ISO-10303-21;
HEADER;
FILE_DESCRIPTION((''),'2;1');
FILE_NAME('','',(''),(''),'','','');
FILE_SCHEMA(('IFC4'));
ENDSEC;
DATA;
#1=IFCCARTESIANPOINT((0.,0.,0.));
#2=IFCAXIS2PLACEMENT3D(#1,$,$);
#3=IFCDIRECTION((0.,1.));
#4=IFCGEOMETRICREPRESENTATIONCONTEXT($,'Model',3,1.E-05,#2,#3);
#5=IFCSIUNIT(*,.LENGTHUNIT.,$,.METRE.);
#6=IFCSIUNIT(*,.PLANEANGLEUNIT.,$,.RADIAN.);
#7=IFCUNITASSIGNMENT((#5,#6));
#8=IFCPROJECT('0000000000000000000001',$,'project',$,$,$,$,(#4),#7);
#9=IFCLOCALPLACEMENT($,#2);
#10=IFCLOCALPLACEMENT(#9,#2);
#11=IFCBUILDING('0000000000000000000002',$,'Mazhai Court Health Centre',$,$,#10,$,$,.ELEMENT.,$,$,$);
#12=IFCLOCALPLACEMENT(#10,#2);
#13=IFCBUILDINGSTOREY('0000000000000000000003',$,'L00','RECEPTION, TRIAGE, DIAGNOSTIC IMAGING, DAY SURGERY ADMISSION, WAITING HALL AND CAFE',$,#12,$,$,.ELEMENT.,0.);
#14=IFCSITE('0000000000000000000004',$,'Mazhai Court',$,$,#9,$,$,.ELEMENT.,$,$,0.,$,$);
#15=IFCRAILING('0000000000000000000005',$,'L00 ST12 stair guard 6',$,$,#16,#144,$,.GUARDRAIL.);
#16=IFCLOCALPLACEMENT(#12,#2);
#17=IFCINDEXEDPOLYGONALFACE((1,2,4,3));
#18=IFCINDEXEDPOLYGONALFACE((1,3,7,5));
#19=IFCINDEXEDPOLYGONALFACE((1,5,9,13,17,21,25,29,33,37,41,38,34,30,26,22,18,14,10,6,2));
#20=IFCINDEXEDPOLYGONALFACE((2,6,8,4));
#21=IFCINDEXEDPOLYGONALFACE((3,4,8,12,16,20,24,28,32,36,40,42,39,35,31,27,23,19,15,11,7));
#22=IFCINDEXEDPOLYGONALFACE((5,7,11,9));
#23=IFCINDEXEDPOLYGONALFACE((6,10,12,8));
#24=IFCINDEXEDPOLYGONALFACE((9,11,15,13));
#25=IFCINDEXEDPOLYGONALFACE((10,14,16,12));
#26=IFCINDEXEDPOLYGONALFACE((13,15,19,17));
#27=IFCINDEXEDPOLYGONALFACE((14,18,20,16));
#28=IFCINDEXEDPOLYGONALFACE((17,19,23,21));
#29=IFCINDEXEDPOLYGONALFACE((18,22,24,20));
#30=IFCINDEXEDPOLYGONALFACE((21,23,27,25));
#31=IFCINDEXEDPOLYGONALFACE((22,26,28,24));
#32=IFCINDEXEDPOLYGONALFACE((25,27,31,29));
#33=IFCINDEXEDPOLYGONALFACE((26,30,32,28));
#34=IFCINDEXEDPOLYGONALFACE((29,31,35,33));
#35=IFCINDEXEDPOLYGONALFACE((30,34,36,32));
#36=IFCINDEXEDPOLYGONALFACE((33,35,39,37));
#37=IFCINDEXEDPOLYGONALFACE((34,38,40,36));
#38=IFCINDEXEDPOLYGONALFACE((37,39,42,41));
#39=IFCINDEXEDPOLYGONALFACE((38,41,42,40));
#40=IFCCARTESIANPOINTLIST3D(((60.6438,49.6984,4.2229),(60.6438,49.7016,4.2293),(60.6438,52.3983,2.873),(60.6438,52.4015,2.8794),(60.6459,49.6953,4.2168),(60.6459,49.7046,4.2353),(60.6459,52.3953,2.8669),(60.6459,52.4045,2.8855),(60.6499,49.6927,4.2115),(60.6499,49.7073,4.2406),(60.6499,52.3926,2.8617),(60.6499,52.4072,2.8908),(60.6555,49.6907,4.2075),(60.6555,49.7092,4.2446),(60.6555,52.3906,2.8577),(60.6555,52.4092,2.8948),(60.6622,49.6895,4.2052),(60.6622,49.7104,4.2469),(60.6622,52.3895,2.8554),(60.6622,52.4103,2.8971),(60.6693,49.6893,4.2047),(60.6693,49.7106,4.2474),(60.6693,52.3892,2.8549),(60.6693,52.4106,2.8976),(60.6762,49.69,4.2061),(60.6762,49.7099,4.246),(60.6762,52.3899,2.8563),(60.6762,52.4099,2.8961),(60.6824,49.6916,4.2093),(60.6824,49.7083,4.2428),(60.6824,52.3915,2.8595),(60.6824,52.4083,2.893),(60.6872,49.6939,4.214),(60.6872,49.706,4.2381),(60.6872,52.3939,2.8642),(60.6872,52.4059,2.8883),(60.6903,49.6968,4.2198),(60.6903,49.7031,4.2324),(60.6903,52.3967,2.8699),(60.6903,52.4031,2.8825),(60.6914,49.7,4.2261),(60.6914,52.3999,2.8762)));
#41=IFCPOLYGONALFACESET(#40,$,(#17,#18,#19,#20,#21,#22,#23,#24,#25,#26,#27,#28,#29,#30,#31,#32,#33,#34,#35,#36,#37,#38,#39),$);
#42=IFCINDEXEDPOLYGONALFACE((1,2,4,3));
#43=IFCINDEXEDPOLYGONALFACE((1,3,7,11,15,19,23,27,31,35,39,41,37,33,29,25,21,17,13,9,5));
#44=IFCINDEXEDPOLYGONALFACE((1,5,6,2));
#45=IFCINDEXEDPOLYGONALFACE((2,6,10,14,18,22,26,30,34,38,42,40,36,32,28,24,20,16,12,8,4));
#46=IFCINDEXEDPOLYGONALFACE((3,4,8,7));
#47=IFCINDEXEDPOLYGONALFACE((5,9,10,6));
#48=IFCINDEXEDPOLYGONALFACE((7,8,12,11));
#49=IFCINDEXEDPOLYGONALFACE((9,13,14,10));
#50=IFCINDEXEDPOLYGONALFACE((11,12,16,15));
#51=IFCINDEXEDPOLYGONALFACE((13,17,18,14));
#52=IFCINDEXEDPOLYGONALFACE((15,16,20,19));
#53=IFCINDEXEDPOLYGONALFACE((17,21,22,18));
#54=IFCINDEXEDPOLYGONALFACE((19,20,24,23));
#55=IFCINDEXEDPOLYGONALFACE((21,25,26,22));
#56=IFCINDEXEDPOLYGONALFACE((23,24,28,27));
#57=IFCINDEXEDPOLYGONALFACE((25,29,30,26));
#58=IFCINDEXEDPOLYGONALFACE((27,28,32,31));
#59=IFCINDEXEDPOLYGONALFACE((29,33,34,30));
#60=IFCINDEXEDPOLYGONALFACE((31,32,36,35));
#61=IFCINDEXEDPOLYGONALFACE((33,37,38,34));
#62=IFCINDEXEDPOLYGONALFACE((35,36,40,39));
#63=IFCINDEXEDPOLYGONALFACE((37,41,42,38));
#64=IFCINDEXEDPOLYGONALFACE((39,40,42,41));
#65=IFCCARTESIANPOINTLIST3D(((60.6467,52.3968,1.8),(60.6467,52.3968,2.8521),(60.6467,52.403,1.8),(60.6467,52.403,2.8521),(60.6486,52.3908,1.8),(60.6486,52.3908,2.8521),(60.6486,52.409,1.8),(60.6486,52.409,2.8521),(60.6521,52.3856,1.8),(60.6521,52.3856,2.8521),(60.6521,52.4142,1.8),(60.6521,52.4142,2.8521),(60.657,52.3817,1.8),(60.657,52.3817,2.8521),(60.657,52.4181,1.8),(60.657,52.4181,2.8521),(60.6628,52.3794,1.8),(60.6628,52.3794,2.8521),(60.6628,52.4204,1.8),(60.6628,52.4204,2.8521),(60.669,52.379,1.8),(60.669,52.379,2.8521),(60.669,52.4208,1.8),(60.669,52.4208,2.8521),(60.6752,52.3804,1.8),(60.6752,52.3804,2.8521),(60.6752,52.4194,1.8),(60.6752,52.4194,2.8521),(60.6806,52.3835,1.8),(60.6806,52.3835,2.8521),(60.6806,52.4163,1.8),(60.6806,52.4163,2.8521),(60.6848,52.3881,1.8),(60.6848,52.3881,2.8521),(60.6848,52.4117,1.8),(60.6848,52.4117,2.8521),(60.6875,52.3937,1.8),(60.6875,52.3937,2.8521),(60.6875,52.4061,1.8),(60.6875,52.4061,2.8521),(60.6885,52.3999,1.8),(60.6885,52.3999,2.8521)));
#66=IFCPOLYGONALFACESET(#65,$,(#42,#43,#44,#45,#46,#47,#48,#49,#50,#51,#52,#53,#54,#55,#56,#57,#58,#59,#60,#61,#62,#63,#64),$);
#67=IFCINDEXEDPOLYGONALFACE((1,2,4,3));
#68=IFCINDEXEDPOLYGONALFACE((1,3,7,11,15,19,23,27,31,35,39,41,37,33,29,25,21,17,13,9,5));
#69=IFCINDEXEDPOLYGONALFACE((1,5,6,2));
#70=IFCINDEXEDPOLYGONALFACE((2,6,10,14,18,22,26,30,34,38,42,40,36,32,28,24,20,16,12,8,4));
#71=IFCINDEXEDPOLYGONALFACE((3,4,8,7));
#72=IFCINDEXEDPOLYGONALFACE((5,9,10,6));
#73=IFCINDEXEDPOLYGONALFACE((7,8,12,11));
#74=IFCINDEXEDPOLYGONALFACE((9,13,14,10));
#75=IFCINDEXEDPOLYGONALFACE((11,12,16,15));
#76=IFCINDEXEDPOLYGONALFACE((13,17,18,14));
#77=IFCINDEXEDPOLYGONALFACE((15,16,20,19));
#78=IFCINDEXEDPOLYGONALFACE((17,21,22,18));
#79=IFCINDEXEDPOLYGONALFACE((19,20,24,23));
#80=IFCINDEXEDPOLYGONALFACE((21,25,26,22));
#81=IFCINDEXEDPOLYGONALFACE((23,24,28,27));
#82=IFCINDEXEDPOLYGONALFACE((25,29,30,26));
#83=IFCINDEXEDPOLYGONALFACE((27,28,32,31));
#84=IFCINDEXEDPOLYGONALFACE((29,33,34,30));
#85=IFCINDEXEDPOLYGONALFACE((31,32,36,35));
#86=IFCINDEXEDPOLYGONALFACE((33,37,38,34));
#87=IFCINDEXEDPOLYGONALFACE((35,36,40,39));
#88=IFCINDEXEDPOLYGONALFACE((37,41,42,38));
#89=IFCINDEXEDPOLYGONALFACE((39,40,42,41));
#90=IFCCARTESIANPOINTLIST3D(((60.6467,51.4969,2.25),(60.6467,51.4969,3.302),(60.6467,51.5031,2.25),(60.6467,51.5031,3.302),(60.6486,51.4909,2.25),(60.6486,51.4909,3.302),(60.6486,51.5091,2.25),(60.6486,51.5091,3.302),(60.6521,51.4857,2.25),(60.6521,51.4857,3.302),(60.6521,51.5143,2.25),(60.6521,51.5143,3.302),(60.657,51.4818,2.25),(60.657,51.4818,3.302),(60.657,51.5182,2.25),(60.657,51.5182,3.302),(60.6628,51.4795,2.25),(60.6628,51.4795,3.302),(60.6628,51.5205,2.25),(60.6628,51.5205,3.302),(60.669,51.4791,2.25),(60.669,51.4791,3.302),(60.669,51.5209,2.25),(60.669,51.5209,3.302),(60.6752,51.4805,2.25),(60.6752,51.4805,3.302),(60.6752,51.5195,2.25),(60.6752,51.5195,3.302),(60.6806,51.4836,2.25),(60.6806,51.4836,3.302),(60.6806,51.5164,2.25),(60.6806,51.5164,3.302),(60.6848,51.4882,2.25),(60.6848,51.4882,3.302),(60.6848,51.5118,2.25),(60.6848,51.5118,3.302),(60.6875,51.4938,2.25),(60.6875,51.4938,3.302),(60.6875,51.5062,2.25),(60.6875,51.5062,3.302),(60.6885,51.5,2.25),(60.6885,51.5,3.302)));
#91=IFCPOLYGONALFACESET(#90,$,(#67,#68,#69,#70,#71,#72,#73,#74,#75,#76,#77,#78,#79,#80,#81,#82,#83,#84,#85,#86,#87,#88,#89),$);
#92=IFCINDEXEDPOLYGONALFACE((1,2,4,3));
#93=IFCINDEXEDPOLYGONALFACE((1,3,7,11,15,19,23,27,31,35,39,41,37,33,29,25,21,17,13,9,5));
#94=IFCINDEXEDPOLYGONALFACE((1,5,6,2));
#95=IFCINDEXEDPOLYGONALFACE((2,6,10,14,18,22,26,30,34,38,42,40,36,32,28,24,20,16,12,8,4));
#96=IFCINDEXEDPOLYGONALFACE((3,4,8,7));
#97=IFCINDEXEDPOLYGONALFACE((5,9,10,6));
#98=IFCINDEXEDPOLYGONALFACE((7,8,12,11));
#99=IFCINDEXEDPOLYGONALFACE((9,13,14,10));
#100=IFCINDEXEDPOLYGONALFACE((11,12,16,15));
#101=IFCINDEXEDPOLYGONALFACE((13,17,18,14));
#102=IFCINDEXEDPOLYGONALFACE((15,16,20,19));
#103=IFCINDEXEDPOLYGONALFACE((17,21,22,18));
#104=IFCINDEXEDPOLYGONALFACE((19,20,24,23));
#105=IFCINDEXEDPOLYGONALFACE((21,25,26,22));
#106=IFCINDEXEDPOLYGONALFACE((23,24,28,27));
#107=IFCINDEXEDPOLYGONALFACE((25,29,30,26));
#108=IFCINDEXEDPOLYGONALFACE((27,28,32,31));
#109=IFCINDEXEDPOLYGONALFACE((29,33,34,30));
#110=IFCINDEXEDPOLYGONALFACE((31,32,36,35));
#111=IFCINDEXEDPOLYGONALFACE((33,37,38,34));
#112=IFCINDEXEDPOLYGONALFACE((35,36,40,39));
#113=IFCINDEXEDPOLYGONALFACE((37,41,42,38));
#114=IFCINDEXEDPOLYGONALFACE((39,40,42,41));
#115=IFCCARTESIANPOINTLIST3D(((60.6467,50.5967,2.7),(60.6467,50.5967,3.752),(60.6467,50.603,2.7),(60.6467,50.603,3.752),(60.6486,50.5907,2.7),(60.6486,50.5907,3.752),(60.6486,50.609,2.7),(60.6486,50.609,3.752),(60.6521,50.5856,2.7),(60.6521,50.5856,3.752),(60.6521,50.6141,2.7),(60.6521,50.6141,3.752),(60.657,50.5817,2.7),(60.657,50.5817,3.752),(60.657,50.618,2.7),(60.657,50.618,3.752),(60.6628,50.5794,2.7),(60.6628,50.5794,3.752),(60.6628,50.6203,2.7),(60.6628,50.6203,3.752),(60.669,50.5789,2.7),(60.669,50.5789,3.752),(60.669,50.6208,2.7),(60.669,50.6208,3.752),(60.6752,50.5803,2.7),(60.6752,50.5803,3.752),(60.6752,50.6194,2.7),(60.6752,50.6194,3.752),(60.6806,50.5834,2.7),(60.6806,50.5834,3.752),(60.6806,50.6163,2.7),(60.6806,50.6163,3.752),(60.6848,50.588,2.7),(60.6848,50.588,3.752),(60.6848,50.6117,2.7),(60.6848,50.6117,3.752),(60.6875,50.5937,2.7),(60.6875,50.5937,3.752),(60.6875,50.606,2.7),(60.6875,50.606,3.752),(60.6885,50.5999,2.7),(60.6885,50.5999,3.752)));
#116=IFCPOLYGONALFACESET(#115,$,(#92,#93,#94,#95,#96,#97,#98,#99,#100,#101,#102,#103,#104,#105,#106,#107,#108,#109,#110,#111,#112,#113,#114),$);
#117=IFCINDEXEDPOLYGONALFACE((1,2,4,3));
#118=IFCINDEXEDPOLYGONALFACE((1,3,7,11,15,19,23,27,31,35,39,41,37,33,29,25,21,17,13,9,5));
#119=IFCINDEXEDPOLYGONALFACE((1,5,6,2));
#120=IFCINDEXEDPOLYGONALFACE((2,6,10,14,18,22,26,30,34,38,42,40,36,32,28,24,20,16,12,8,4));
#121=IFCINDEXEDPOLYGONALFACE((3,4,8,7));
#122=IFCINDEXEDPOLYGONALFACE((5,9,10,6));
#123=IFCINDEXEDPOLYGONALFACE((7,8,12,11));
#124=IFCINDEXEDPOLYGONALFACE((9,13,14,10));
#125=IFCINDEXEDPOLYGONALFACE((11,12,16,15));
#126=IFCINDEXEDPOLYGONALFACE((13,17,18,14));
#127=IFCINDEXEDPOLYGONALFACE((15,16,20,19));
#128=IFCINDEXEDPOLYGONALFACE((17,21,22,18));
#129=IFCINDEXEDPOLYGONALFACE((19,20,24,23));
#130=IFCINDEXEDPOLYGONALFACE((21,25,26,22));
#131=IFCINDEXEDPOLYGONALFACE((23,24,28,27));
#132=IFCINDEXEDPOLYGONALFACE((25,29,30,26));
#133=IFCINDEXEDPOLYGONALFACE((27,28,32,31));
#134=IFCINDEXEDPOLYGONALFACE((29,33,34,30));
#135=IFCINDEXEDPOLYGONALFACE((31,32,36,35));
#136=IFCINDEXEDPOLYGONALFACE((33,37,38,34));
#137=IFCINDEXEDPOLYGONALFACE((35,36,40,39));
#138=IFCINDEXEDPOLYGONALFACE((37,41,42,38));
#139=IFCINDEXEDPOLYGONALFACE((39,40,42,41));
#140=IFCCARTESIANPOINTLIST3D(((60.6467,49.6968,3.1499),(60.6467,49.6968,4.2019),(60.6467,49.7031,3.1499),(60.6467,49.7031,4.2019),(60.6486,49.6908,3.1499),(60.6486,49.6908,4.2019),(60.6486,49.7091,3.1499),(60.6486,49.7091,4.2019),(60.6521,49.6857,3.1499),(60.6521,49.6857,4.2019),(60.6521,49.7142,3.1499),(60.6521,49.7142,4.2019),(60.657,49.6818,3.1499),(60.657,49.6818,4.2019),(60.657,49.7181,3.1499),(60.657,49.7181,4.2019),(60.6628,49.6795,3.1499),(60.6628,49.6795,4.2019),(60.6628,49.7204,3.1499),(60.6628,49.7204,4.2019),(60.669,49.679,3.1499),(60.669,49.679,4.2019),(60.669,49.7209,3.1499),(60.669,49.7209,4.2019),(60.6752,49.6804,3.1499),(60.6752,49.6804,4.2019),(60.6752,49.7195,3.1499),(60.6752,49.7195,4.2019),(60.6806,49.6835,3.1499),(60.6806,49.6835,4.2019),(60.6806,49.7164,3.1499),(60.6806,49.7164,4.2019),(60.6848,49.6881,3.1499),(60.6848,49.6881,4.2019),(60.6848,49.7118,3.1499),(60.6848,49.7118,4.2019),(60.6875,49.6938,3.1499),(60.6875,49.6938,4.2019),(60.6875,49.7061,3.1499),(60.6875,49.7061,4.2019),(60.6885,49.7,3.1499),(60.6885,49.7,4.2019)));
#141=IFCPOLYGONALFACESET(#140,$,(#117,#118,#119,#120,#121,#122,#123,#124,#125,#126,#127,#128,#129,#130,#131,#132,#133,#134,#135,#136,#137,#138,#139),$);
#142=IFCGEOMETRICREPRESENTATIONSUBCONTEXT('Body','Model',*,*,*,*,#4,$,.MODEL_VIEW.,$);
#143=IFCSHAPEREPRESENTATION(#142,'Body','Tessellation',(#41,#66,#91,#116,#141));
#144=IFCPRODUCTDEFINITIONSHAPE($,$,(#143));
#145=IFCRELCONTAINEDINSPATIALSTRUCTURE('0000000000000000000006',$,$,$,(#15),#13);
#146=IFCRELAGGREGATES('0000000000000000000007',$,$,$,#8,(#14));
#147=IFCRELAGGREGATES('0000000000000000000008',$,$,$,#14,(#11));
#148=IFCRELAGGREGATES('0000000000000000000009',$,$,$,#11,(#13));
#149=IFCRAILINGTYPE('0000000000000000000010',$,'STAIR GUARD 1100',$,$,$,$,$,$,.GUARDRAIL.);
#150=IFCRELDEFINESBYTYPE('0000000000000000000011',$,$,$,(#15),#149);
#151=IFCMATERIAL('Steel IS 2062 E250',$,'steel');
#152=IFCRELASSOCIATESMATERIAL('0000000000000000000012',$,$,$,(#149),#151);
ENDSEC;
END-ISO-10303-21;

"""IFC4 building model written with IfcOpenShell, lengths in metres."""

from ifc_helpers import new_model, si_unit, direction, frame, origin, origin_2d, place, context, subcontext, project, spatial, circle, extrude, material, type_object, element, save


model = new_model("IFC4")

# Units and contexts
model_context = context("Model", 3, precision=1e-05, world=origin(), true_north=direction((0.0, 1.0)))
body_context = subcontext(model_context, "Body", "Model", "MODEL_VIEW")
ifc_project = project(units=[si_unit("LENGTHUNIT", "METRE"), si_unit("PLANEANGLEUNIT", "RADIAN")], contexts=[model_context])

# Site, building, storey
site_placement = place(None, origin())
site = spatial("IfcSite", under=ifc_project, at=site_placement, Name="Mazhai Court", CompositionType="ELEMENT", RefElevation=0.0)
building_placement = place(site_placement, origin())
building = spatial("IfcBuilding", under=site, at=building_placement, Name="Mazhai Court Health Centre", CompositionType="ELEMENT")
storey_placement = place(building_placement, origin())
storey = spatial("IfcBuildingStorey", under=building, at=storey_placement, Name="L00", Description="RECEPTION, TRIAGE, DIAGNOSTIC IMAGING, DAY SURGERY ADMISSION, WAITING HALL AND CAFE", CompositionType="ELEMENT", Elevation=0.0)

# Railing
ifc_material_1 = material(Name="Steel IS 2062 E250", Category="steel")
railing_type_1 = type_object("IfcRailingType", Name="STAIR GUARD 1100", PredefinedType="GUARDRAIL", material=ifc_material_1)
railing_1_placement = place(storey_placement, frame((60.6675, 52.3999, 1.8)))
element("IfcRailing", 1, at=railing_1_placement, inside=storey, type_object=railing_type_1, Name="L00 ST12 stair guard 6", PredefinedType="GUARDRAIL", context=body_context, shape_type="SweptSolid", body=[
    extrude(circle(Radius=0.0239, at=origin_2d()), frame((0.0, 0.0, 1.0762), z_axis=(0.0, -0.894443, 0.447181), x_axis=(1.0, 0.0, 0.0)), (0.0, 0.0, 1.0), 3.0186),
    extrude(circle(Radius=0.021, at=origin_2d()), origin(), (0.0, 0.0, 1.0), 1.052),
    extrude(circle(Radius=0.021, at=origin_2d()), frame((0.0, -0.8999, 0.45)), (0.0, 0.0, 1.0), 1.052),
    extrude(circle(Radius=0.021, at=origin_2d()), frame((0.0, -1.8, 0.8999)), (0.0, 0.0, 1.0), 1.052),
    extrude(circle(Radius=0.021, at=origin_2d()), frame((0.0, -2.7, 1.3499)), (0.0, 0.0, 1.0), 1.052),
])

save(model, "model.ifc")
